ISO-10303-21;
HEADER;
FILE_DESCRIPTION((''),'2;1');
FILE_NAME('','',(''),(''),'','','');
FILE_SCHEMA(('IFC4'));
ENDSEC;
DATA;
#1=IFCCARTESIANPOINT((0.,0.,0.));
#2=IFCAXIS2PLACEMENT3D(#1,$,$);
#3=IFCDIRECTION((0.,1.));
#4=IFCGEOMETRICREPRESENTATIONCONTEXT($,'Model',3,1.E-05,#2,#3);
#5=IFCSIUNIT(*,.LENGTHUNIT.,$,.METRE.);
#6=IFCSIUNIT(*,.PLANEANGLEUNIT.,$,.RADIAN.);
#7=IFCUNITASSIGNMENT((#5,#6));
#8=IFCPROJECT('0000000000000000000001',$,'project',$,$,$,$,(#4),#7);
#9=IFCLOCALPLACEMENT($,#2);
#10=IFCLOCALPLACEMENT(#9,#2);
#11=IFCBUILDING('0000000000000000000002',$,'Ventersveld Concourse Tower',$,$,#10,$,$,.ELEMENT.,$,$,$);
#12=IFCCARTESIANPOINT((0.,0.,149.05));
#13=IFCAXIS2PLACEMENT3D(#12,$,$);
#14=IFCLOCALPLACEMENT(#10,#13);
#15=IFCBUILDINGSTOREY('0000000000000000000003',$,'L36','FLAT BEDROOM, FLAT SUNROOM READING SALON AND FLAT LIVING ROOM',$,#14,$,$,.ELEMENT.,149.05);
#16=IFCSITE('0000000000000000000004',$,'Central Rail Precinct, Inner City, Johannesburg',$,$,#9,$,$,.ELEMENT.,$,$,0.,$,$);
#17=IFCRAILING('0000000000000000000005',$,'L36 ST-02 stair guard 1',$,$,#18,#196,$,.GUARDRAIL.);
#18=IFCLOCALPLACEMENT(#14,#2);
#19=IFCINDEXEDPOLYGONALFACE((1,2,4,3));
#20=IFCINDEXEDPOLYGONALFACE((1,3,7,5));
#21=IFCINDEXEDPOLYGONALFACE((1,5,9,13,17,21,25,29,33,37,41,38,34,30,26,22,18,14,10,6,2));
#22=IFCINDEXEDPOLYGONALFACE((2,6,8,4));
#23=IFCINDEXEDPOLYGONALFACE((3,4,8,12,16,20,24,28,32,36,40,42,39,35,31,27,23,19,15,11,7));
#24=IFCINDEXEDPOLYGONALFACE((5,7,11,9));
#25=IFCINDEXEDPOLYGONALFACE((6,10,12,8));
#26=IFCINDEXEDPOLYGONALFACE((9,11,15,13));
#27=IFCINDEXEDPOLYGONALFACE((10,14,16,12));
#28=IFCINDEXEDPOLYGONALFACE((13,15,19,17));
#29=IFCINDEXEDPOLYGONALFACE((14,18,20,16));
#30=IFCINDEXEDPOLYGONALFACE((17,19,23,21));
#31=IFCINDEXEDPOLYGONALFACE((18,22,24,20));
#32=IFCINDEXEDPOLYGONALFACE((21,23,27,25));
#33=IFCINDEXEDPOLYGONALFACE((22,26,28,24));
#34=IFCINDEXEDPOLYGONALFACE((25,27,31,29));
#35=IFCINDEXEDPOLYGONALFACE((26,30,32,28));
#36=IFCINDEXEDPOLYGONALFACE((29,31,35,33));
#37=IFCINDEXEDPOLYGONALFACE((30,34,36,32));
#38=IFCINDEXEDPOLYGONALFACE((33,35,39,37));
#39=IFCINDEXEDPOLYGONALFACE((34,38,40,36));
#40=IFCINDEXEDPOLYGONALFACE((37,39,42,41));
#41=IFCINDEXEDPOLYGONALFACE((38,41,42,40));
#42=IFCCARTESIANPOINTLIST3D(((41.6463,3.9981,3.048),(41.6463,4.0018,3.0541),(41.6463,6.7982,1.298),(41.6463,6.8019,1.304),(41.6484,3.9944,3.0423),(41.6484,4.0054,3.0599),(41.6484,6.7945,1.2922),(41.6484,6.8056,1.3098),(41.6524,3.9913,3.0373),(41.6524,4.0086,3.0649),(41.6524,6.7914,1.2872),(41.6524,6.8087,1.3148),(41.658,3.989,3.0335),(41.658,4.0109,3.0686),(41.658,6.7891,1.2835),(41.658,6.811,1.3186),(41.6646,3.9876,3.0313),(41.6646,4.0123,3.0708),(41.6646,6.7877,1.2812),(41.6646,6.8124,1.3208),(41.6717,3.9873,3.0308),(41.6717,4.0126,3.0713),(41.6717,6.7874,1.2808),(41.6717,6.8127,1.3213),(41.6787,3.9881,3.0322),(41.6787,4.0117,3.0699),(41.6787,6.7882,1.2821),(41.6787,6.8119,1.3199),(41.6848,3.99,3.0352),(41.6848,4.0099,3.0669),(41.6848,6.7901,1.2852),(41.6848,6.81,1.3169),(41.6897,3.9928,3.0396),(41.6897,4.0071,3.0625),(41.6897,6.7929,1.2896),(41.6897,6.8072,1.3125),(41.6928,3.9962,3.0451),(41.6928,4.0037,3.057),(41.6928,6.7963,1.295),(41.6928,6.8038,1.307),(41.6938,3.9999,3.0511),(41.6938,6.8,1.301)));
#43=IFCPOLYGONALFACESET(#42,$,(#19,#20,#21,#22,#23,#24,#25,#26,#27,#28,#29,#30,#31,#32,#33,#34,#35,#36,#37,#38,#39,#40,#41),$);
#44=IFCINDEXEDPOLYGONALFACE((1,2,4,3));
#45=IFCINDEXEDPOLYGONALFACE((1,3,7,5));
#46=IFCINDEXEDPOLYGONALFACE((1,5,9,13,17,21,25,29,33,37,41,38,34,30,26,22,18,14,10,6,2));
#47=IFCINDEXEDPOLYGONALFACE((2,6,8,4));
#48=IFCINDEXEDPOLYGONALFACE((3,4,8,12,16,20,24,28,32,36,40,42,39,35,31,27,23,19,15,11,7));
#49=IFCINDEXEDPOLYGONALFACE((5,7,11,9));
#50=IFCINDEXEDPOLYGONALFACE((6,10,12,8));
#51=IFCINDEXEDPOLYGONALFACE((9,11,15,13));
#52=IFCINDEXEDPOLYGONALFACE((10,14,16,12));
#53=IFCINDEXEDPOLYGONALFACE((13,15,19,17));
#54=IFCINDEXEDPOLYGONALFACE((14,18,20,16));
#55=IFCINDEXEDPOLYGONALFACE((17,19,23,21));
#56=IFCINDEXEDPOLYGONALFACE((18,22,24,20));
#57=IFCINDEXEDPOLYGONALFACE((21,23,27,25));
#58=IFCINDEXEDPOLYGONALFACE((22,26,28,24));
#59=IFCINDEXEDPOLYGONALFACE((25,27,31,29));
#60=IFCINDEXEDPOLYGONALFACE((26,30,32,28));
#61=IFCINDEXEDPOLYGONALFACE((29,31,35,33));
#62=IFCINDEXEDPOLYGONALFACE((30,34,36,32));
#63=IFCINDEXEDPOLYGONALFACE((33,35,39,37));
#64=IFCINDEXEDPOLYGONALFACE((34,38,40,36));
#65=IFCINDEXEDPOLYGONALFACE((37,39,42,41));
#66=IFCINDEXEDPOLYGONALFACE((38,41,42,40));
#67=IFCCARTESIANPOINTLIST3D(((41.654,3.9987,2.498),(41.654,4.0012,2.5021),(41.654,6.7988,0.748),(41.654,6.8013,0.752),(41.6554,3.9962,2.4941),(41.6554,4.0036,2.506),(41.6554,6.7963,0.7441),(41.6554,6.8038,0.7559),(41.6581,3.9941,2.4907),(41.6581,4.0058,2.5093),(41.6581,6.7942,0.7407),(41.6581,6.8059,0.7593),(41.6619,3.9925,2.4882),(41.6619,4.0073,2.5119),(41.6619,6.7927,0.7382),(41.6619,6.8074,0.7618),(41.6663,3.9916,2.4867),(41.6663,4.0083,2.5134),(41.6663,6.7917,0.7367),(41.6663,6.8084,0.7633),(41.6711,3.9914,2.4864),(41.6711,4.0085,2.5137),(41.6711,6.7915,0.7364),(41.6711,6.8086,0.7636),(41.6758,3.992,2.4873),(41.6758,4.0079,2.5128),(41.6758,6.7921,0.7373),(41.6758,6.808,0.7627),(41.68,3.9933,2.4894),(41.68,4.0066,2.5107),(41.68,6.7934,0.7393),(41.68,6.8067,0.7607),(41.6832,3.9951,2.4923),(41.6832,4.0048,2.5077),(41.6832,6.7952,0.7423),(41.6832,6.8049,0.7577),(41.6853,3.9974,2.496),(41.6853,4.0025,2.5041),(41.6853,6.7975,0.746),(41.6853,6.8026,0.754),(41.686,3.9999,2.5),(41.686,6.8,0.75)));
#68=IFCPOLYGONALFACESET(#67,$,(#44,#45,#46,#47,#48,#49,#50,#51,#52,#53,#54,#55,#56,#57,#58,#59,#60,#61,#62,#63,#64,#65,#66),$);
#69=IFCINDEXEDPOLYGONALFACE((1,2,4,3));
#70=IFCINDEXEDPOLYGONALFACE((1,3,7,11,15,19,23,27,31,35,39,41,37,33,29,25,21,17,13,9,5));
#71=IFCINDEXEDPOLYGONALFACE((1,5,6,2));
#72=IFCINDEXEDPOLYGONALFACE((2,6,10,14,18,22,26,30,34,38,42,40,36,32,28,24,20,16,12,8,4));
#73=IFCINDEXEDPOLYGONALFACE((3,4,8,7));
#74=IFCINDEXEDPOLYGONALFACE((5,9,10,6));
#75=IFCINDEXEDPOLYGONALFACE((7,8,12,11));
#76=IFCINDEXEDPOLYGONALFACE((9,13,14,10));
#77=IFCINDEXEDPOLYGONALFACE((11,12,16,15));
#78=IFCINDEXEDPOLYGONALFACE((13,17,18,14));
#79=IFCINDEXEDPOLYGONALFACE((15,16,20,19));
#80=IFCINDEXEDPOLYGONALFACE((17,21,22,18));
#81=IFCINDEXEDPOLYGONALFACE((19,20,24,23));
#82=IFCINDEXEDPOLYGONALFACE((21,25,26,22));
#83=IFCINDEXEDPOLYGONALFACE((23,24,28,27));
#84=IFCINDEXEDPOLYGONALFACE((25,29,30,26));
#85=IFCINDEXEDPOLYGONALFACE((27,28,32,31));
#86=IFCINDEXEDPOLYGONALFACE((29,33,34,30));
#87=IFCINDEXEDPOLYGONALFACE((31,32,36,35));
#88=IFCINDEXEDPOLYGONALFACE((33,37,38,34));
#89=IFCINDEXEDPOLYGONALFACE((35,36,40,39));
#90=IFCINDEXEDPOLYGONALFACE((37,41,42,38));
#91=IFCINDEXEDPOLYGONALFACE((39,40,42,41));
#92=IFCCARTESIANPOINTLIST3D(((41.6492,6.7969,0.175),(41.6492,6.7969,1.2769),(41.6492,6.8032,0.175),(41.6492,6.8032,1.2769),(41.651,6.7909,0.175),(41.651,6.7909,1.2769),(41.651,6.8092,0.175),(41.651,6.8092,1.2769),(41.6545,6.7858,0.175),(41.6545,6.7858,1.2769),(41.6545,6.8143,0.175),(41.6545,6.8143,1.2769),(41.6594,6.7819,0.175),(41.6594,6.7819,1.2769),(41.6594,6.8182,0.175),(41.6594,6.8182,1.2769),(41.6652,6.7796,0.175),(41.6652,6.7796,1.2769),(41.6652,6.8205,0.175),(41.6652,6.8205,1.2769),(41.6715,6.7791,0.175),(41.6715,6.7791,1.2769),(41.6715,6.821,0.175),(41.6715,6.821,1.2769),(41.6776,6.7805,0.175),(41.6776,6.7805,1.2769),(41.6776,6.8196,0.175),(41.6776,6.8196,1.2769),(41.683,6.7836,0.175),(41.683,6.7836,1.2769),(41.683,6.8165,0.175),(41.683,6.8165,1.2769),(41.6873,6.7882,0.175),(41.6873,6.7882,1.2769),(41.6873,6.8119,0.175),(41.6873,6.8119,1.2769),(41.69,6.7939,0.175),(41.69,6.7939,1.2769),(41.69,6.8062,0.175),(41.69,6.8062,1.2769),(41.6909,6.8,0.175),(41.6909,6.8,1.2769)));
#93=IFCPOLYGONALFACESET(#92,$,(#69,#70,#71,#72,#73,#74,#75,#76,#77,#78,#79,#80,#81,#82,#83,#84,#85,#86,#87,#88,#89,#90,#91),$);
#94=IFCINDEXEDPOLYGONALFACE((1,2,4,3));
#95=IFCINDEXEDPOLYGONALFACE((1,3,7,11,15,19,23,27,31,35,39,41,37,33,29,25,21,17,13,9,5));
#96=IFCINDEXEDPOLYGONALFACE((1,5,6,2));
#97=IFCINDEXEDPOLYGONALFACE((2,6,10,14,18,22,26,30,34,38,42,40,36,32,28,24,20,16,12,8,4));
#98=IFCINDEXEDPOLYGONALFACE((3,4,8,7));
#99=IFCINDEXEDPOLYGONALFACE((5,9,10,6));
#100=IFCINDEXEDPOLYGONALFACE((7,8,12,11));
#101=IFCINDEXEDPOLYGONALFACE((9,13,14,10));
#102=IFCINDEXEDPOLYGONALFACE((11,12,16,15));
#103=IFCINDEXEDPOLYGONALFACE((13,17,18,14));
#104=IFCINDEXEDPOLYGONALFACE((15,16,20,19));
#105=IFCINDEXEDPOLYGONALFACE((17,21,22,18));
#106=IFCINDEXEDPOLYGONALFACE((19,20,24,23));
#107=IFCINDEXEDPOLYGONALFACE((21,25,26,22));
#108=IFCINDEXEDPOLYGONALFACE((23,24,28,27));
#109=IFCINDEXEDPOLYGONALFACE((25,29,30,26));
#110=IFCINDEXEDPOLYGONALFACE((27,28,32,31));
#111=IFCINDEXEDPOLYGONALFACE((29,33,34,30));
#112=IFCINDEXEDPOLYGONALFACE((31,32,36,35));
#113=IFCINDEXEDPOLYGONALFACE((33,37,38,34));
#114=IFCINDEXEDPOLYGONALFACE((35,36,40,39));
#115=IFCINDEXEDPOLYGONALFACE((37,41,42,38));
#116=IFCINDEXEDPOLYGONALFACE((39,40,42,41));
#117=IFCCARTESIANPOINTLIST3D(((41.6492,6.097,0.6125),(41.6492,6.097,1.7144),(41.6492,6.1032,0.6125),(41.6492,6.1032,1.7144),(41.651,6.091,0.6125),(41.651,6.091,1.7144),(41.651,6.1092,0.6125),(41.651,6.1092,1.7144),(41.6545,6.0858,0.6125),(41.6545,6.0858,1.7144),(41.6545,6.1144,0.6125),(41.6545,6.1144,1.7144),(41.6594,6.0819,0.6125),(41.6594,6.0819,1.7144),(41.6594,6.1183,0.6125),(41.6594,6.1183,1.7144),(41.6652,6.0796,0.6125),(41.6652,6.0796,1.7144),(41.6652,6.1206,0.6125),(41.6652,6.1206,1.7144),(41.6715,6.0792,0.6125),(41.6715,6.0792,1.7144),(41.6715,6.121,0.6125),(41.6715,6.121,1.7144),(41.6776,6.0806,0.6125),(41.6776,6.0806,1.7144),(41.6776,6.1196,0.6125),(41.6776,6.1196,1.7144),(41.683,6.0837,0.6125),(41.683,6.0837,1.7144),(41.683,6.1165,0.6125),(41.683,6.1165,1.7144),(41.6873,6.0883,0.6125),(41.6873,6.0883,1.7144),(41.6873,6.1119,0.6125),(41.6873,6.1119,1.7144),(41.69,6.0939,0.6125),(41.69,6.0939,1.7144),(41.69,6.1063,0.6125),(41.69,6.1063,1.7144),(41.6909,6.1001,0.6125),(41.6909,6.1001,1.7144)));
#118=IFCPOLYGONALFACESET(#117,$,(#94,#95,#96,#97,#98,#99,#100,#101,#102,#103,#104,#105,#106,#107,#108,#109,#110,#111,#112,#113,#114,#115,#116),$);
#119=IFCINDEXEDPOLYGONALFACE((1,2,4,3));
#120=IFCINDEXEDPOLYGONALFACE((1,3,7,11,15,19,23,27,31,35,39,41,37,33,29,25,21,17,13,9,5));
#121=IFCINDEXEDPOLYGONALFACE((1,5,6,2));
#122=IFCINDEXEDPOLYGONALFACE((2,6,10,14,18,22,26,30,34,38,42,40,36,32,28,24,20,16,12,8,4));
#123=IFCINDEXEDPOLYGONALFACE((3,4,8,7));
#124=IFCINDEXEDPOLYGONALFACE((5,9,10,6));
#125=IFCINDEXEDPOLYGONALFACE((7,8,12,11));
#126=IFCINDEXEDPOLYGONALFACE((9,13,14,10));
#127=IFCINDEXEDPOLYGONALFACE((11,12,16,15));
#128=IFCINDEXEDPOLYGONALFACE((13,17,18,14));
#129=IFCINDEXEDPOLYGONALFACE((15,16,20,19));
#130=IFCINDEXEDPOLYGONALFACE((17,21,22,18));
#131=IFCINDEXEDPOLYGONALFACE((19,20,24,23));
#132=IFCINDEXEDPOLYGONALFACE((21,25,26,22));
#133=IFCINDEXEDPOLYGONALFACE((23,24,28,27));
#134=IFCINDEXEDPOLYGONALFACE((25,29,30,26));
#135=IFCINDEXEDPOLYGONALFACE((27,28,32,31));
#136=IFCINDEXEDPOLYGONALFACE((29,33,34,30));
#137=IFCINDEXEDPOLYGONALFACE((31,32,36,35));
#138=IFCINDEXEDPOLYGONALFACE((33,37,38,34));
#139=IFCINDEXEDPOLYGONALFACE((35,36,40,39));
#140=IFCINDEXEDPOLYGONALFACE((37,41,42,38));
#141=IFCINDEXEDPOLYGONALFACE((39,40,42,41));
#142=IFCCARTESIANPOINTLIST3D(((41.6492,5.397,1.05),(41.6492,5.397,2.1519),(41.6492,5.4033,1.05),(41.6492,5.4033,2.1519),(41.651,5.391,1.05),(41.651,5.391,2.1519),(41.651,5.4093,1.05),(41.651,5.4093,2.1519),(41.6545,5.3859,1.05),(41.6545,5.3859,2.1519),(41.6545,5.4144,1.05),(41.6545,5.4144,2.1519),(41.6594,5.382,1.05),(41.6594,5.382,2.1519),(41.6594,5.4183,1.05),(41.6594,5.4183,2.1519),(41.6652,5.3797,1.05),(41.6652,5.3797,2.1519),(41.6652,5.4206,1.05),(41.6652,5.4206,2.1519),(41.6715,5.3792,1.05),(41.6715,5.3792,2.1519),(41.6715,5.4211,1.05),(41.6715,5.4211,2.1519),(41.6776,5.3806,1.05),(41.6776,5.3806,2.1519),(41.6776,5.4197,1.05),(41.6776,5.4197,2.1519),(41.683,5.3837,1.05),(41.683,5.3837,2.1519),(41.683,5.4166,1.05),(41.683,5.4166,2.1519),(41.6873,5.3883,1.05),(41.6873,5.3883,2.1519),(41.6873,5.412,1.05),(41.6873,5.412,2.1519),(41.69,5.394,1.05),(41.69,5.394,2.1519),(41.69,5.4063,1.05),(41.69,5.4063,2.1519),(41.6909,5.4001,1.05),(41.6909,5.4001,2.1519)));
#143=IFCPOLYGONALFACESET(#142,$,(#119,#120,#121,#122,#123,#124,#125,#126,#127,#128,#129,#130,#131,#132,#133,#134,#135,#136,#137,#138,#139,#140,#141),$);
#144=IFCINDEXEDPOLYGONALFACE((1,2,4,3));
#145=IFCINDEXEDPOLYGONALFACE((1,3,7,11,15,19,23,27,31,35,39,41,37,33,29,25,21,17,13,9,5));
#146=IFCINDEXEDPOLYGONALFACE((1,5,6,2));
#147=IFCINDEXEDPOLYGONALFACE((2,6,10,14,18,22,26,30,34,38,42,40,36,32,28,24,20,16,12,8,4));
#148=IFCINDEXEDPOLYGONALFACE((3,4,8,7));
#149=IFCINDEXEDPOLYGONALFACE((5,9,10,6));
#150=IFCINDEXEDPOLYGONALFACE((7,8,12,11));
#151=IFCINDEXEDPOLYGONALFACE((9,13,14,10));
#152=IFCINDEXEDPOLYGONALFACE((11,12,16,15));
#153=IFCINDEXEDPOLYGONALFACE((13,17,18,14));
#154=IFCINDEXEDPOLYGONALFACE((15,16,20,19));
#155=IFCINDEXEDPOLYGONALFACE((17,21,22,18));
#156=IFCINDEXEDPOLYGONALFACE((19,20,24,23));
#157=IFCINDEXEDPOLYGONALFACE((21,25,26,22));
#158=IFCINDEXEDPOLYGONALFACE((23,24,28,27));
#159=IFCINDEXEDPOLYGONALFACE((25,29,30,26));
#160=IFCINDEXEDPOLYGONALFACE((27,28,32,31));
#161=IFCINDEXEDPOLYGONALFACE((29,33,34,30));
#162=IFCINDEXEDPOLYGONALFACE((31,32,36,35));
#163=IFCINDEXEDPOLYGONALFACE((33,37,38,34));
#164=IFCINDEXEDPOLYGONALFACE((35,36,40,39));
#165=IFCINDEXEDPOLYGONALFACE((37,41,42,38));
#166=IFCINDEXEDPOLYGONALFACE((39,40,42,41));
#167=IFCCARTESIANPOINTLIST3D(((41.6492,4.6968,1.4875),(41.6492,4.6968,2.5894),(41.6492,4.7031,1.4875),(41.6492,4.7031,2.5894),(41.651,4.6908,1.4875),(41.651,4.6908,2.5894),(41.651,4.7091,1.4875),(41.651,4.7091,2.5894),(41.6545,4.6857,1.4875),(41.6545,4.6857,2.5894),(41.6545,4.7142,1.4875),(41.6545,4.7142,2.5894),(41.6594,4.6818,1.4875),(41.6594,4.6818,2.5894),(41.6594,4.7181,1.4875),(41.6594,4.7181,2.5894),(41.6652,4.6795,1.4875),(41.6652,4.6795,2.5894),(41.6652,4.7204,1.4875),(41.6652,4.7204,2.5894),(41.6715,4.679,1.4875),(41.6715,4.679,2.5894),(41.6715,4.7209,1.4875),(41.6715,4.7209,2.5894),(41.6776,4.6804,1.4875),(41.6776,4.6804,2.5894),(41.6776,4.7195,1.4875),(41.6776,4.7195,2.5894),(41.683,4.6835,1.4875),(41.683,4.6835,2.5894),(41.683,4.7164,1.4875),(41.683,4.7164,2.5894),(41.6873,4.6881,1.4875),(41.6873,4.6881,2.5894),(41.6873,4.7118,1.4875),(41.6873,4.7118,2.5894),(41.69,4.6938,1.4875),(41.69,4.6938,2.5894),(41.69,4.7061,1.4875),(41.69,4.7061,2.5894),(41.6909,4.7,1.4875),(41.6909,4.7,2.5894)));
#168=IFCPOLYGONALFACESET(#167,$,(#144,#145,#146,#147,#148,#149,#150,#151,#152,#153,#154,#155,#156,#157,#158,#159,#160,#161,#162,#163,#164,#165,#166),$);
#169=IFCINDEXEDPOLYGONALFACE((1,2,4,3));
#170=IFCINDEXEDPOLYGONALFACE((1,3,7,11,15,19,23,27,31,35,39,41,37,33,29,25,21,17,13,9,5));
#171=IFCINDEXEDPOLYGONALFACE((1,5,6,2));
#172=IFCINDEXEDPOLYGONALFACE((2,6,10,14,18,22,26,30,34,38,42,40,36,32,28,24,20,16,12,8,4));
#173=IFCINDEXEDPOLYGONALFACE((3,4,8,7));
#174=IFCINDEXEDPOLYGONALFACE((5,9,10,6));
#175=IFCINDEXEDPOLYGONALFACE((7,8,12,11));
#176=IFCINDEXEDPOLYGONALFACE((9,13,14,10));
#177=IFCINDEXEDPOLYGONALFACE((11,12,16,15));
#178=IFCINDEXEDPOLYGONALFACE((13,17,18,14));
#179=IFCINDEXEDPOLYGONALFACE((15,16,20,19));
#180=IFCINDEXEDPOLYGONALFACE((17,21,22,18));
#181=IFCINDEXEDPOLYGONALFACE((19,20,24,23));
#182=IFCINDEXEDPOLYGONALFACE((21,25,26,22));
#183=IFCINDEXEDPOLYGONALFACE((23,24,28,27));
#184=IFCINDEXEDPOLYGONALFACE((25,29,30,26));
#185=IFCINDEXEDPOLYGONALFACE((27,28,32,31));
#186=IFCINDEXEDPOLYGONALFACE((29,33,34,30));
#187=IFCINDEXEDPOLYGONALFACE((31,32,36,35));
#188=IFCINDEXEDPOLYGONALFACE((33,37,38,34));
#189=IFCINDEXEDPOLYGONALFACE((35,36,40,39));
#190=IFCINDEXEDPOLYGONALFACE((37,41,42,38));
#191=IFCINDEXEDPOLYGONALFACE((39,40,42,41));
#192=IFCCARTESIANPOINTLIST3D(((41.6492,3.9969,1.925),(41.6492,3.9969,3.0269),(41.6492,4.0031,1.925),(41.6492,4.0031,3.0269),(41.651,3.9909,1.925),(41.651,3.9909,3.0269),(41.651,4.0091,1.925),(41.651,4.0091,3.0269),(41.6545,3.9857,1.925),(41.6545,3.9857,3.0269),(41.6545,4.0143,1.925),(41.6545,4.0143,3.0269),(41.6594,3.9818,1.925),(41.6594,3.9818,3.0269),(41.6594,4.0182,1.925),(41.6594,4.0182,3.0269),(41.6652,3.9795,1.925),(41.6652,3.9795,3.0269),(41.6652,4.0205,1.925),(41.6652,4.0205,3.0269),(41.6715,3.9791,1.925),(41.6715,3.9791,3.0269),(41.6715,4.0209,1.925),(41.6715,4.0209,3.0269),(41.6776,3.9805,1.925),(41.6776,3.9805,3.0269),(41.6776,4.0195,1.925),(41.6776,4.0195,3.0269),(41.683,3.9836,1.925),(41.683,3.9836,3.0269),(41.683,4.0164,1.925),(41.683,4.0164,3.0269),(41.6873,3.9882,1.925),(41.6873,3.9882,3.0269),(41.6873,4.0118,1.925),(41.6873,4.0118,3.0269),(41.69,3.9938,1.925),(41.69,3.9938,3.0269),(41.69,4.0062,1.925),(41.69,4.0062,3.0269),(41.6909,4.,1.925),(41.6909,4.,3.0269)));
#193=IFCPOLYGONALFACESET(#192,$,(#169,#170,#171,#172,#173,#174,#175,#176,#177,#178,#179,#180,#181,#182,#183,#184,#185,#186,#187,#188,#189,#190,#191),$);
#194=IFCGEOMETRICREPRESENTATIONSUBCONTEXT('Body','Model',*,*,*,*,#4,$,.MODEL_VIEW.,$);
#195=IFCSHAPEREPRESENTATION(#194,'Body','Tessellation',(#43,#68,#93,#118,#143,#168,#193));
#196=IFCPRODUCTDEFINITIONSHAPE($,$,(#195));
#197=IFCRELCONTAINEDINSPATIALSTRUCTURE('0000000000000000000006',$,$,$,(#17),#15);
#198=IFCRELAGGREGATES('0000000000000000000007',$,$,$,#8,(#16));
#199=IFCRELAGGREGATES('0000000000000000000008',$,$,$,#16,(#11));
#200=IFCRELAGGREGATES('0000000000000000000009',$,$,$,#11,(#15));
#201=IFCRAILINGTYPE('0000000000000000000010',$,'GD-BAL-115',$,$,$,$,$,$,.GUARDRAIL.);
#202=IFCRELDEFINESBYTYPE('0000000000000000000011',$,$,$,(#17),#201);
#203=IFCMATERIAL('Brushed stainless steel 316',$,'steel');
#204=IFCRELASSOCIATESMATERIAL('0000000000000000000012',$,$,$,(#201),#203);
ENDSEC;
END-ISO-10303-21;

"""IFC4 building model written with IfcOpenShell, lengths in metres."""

from ifc_helpers import new_model, si_unit, direction, frame, origin, origin_2d, place, context, subcontext, project, spatial, circle, extrude, material, type_object, element, save


model = new_model("IFC4")

# Units and contexts
model_context = context("Model", 3, precision=1e-05, world=origin(), true_north=direction((0.0, 1.0)))
body_context = subcontext(model_context, "Body", "Model", "MODEL_VIEW")
ifc_project = project(units=[si_unit("LENGTHUNIT", "METRE"), si_unit("PLANEANGLEUNIT", "RADIAN")], contexts=[model_context])

# Site, building, storey
site_placement = place(None, origin())
site = spatial("IfcSite", under=ifc_project, at=site_placement, Name="Central Rail Precinct, Inner City, Johannesburg", CompositionType="ELEMENT", RefElevation=0.0)
building_placement = place(site_placement, origin())
building = spatial("IfcBuilding", under=site, at=building_placement, Name="Ventersveld Concourse Tower", CompositionType="ELEMENT")
storey_placement = place(building_placement, frame((0.0, 0.0, 149.05)))
storey = spatial("IfcBuildingStorey", under=building, at=storey_placement, Name="L36", Description="FLAT BEDROOM, FLAT SUNROOM READING SALON AND FLAT LIVING ROOM", CompositionType="ELEMENT", Elevation=149.05)

# Shared definitions
ifc_material_1 = material(Name="Brushed stainless steel 316", Category="steel")

# Railing
railing_type_1 = type_object("IfcRailingType", Name="GD-BAL-115", PredefinedType="GUARDRAIL", material=ifc_material_1)
railing_1_placement = place(storey_placement, frame((41.6699, 6.8, 0.175)))
element("IfcRailing", 1, at=railing_1_placement, inside=storey, type_object=railing_type_1, Name="L36 ST-02 stair guard 1", PredefinedType="GUARDRAIL", context=body_context, shape_type="SweptSolid", body=[
    extrude(circle(Radius=0.0239, at=origin_2d()), frame((0.0, 0.0, 1.126), z_axis=(0.0, -0.848002, 0.529992), x_axis=(1.0, 0.0, 0.0)), (0.0, 0.0, 1.0), 3.302),
    extrude(circle(Radius=0.0161, at=origin_2d()), frame((0.0, 0.0, 0.575), z_axis=(0.0, -0.848002, 0.529992), x_axis=(1.0, 0.0, 0.0)), (0.0, 0.0, 1.0), 3.302),
    extrude(circle(Radius=0.021, at=origin_2d()), origin(), (0.0, 0.0, 1.0), 1.1018),
    extrude(circle(Radius=0.021, at=origin_2d()), frame((0.0, -0.7, 0.4375)), (0.0, 0.0, 1.0), 1.1018),
    extrude(circle(Radius=0.021, at=origin_2d()), frame((0.0, -1.3999, 0.875)), (0.0, 0.0, 1.0), 1.1018),
    extrude(circle(Radius=0.021, at=origin_2d()), frame((0.0, -2.1001, 1.3125)), (0.0, 0.0, 1.0), 1.1018),
    extrude(circle(Radius=0.021, at=origin_2d()), frame((0.0, -2.8, 1.75)), (0.0, 0.0, 1.0), 1.1018),
])

save(model, "model.ifc")
